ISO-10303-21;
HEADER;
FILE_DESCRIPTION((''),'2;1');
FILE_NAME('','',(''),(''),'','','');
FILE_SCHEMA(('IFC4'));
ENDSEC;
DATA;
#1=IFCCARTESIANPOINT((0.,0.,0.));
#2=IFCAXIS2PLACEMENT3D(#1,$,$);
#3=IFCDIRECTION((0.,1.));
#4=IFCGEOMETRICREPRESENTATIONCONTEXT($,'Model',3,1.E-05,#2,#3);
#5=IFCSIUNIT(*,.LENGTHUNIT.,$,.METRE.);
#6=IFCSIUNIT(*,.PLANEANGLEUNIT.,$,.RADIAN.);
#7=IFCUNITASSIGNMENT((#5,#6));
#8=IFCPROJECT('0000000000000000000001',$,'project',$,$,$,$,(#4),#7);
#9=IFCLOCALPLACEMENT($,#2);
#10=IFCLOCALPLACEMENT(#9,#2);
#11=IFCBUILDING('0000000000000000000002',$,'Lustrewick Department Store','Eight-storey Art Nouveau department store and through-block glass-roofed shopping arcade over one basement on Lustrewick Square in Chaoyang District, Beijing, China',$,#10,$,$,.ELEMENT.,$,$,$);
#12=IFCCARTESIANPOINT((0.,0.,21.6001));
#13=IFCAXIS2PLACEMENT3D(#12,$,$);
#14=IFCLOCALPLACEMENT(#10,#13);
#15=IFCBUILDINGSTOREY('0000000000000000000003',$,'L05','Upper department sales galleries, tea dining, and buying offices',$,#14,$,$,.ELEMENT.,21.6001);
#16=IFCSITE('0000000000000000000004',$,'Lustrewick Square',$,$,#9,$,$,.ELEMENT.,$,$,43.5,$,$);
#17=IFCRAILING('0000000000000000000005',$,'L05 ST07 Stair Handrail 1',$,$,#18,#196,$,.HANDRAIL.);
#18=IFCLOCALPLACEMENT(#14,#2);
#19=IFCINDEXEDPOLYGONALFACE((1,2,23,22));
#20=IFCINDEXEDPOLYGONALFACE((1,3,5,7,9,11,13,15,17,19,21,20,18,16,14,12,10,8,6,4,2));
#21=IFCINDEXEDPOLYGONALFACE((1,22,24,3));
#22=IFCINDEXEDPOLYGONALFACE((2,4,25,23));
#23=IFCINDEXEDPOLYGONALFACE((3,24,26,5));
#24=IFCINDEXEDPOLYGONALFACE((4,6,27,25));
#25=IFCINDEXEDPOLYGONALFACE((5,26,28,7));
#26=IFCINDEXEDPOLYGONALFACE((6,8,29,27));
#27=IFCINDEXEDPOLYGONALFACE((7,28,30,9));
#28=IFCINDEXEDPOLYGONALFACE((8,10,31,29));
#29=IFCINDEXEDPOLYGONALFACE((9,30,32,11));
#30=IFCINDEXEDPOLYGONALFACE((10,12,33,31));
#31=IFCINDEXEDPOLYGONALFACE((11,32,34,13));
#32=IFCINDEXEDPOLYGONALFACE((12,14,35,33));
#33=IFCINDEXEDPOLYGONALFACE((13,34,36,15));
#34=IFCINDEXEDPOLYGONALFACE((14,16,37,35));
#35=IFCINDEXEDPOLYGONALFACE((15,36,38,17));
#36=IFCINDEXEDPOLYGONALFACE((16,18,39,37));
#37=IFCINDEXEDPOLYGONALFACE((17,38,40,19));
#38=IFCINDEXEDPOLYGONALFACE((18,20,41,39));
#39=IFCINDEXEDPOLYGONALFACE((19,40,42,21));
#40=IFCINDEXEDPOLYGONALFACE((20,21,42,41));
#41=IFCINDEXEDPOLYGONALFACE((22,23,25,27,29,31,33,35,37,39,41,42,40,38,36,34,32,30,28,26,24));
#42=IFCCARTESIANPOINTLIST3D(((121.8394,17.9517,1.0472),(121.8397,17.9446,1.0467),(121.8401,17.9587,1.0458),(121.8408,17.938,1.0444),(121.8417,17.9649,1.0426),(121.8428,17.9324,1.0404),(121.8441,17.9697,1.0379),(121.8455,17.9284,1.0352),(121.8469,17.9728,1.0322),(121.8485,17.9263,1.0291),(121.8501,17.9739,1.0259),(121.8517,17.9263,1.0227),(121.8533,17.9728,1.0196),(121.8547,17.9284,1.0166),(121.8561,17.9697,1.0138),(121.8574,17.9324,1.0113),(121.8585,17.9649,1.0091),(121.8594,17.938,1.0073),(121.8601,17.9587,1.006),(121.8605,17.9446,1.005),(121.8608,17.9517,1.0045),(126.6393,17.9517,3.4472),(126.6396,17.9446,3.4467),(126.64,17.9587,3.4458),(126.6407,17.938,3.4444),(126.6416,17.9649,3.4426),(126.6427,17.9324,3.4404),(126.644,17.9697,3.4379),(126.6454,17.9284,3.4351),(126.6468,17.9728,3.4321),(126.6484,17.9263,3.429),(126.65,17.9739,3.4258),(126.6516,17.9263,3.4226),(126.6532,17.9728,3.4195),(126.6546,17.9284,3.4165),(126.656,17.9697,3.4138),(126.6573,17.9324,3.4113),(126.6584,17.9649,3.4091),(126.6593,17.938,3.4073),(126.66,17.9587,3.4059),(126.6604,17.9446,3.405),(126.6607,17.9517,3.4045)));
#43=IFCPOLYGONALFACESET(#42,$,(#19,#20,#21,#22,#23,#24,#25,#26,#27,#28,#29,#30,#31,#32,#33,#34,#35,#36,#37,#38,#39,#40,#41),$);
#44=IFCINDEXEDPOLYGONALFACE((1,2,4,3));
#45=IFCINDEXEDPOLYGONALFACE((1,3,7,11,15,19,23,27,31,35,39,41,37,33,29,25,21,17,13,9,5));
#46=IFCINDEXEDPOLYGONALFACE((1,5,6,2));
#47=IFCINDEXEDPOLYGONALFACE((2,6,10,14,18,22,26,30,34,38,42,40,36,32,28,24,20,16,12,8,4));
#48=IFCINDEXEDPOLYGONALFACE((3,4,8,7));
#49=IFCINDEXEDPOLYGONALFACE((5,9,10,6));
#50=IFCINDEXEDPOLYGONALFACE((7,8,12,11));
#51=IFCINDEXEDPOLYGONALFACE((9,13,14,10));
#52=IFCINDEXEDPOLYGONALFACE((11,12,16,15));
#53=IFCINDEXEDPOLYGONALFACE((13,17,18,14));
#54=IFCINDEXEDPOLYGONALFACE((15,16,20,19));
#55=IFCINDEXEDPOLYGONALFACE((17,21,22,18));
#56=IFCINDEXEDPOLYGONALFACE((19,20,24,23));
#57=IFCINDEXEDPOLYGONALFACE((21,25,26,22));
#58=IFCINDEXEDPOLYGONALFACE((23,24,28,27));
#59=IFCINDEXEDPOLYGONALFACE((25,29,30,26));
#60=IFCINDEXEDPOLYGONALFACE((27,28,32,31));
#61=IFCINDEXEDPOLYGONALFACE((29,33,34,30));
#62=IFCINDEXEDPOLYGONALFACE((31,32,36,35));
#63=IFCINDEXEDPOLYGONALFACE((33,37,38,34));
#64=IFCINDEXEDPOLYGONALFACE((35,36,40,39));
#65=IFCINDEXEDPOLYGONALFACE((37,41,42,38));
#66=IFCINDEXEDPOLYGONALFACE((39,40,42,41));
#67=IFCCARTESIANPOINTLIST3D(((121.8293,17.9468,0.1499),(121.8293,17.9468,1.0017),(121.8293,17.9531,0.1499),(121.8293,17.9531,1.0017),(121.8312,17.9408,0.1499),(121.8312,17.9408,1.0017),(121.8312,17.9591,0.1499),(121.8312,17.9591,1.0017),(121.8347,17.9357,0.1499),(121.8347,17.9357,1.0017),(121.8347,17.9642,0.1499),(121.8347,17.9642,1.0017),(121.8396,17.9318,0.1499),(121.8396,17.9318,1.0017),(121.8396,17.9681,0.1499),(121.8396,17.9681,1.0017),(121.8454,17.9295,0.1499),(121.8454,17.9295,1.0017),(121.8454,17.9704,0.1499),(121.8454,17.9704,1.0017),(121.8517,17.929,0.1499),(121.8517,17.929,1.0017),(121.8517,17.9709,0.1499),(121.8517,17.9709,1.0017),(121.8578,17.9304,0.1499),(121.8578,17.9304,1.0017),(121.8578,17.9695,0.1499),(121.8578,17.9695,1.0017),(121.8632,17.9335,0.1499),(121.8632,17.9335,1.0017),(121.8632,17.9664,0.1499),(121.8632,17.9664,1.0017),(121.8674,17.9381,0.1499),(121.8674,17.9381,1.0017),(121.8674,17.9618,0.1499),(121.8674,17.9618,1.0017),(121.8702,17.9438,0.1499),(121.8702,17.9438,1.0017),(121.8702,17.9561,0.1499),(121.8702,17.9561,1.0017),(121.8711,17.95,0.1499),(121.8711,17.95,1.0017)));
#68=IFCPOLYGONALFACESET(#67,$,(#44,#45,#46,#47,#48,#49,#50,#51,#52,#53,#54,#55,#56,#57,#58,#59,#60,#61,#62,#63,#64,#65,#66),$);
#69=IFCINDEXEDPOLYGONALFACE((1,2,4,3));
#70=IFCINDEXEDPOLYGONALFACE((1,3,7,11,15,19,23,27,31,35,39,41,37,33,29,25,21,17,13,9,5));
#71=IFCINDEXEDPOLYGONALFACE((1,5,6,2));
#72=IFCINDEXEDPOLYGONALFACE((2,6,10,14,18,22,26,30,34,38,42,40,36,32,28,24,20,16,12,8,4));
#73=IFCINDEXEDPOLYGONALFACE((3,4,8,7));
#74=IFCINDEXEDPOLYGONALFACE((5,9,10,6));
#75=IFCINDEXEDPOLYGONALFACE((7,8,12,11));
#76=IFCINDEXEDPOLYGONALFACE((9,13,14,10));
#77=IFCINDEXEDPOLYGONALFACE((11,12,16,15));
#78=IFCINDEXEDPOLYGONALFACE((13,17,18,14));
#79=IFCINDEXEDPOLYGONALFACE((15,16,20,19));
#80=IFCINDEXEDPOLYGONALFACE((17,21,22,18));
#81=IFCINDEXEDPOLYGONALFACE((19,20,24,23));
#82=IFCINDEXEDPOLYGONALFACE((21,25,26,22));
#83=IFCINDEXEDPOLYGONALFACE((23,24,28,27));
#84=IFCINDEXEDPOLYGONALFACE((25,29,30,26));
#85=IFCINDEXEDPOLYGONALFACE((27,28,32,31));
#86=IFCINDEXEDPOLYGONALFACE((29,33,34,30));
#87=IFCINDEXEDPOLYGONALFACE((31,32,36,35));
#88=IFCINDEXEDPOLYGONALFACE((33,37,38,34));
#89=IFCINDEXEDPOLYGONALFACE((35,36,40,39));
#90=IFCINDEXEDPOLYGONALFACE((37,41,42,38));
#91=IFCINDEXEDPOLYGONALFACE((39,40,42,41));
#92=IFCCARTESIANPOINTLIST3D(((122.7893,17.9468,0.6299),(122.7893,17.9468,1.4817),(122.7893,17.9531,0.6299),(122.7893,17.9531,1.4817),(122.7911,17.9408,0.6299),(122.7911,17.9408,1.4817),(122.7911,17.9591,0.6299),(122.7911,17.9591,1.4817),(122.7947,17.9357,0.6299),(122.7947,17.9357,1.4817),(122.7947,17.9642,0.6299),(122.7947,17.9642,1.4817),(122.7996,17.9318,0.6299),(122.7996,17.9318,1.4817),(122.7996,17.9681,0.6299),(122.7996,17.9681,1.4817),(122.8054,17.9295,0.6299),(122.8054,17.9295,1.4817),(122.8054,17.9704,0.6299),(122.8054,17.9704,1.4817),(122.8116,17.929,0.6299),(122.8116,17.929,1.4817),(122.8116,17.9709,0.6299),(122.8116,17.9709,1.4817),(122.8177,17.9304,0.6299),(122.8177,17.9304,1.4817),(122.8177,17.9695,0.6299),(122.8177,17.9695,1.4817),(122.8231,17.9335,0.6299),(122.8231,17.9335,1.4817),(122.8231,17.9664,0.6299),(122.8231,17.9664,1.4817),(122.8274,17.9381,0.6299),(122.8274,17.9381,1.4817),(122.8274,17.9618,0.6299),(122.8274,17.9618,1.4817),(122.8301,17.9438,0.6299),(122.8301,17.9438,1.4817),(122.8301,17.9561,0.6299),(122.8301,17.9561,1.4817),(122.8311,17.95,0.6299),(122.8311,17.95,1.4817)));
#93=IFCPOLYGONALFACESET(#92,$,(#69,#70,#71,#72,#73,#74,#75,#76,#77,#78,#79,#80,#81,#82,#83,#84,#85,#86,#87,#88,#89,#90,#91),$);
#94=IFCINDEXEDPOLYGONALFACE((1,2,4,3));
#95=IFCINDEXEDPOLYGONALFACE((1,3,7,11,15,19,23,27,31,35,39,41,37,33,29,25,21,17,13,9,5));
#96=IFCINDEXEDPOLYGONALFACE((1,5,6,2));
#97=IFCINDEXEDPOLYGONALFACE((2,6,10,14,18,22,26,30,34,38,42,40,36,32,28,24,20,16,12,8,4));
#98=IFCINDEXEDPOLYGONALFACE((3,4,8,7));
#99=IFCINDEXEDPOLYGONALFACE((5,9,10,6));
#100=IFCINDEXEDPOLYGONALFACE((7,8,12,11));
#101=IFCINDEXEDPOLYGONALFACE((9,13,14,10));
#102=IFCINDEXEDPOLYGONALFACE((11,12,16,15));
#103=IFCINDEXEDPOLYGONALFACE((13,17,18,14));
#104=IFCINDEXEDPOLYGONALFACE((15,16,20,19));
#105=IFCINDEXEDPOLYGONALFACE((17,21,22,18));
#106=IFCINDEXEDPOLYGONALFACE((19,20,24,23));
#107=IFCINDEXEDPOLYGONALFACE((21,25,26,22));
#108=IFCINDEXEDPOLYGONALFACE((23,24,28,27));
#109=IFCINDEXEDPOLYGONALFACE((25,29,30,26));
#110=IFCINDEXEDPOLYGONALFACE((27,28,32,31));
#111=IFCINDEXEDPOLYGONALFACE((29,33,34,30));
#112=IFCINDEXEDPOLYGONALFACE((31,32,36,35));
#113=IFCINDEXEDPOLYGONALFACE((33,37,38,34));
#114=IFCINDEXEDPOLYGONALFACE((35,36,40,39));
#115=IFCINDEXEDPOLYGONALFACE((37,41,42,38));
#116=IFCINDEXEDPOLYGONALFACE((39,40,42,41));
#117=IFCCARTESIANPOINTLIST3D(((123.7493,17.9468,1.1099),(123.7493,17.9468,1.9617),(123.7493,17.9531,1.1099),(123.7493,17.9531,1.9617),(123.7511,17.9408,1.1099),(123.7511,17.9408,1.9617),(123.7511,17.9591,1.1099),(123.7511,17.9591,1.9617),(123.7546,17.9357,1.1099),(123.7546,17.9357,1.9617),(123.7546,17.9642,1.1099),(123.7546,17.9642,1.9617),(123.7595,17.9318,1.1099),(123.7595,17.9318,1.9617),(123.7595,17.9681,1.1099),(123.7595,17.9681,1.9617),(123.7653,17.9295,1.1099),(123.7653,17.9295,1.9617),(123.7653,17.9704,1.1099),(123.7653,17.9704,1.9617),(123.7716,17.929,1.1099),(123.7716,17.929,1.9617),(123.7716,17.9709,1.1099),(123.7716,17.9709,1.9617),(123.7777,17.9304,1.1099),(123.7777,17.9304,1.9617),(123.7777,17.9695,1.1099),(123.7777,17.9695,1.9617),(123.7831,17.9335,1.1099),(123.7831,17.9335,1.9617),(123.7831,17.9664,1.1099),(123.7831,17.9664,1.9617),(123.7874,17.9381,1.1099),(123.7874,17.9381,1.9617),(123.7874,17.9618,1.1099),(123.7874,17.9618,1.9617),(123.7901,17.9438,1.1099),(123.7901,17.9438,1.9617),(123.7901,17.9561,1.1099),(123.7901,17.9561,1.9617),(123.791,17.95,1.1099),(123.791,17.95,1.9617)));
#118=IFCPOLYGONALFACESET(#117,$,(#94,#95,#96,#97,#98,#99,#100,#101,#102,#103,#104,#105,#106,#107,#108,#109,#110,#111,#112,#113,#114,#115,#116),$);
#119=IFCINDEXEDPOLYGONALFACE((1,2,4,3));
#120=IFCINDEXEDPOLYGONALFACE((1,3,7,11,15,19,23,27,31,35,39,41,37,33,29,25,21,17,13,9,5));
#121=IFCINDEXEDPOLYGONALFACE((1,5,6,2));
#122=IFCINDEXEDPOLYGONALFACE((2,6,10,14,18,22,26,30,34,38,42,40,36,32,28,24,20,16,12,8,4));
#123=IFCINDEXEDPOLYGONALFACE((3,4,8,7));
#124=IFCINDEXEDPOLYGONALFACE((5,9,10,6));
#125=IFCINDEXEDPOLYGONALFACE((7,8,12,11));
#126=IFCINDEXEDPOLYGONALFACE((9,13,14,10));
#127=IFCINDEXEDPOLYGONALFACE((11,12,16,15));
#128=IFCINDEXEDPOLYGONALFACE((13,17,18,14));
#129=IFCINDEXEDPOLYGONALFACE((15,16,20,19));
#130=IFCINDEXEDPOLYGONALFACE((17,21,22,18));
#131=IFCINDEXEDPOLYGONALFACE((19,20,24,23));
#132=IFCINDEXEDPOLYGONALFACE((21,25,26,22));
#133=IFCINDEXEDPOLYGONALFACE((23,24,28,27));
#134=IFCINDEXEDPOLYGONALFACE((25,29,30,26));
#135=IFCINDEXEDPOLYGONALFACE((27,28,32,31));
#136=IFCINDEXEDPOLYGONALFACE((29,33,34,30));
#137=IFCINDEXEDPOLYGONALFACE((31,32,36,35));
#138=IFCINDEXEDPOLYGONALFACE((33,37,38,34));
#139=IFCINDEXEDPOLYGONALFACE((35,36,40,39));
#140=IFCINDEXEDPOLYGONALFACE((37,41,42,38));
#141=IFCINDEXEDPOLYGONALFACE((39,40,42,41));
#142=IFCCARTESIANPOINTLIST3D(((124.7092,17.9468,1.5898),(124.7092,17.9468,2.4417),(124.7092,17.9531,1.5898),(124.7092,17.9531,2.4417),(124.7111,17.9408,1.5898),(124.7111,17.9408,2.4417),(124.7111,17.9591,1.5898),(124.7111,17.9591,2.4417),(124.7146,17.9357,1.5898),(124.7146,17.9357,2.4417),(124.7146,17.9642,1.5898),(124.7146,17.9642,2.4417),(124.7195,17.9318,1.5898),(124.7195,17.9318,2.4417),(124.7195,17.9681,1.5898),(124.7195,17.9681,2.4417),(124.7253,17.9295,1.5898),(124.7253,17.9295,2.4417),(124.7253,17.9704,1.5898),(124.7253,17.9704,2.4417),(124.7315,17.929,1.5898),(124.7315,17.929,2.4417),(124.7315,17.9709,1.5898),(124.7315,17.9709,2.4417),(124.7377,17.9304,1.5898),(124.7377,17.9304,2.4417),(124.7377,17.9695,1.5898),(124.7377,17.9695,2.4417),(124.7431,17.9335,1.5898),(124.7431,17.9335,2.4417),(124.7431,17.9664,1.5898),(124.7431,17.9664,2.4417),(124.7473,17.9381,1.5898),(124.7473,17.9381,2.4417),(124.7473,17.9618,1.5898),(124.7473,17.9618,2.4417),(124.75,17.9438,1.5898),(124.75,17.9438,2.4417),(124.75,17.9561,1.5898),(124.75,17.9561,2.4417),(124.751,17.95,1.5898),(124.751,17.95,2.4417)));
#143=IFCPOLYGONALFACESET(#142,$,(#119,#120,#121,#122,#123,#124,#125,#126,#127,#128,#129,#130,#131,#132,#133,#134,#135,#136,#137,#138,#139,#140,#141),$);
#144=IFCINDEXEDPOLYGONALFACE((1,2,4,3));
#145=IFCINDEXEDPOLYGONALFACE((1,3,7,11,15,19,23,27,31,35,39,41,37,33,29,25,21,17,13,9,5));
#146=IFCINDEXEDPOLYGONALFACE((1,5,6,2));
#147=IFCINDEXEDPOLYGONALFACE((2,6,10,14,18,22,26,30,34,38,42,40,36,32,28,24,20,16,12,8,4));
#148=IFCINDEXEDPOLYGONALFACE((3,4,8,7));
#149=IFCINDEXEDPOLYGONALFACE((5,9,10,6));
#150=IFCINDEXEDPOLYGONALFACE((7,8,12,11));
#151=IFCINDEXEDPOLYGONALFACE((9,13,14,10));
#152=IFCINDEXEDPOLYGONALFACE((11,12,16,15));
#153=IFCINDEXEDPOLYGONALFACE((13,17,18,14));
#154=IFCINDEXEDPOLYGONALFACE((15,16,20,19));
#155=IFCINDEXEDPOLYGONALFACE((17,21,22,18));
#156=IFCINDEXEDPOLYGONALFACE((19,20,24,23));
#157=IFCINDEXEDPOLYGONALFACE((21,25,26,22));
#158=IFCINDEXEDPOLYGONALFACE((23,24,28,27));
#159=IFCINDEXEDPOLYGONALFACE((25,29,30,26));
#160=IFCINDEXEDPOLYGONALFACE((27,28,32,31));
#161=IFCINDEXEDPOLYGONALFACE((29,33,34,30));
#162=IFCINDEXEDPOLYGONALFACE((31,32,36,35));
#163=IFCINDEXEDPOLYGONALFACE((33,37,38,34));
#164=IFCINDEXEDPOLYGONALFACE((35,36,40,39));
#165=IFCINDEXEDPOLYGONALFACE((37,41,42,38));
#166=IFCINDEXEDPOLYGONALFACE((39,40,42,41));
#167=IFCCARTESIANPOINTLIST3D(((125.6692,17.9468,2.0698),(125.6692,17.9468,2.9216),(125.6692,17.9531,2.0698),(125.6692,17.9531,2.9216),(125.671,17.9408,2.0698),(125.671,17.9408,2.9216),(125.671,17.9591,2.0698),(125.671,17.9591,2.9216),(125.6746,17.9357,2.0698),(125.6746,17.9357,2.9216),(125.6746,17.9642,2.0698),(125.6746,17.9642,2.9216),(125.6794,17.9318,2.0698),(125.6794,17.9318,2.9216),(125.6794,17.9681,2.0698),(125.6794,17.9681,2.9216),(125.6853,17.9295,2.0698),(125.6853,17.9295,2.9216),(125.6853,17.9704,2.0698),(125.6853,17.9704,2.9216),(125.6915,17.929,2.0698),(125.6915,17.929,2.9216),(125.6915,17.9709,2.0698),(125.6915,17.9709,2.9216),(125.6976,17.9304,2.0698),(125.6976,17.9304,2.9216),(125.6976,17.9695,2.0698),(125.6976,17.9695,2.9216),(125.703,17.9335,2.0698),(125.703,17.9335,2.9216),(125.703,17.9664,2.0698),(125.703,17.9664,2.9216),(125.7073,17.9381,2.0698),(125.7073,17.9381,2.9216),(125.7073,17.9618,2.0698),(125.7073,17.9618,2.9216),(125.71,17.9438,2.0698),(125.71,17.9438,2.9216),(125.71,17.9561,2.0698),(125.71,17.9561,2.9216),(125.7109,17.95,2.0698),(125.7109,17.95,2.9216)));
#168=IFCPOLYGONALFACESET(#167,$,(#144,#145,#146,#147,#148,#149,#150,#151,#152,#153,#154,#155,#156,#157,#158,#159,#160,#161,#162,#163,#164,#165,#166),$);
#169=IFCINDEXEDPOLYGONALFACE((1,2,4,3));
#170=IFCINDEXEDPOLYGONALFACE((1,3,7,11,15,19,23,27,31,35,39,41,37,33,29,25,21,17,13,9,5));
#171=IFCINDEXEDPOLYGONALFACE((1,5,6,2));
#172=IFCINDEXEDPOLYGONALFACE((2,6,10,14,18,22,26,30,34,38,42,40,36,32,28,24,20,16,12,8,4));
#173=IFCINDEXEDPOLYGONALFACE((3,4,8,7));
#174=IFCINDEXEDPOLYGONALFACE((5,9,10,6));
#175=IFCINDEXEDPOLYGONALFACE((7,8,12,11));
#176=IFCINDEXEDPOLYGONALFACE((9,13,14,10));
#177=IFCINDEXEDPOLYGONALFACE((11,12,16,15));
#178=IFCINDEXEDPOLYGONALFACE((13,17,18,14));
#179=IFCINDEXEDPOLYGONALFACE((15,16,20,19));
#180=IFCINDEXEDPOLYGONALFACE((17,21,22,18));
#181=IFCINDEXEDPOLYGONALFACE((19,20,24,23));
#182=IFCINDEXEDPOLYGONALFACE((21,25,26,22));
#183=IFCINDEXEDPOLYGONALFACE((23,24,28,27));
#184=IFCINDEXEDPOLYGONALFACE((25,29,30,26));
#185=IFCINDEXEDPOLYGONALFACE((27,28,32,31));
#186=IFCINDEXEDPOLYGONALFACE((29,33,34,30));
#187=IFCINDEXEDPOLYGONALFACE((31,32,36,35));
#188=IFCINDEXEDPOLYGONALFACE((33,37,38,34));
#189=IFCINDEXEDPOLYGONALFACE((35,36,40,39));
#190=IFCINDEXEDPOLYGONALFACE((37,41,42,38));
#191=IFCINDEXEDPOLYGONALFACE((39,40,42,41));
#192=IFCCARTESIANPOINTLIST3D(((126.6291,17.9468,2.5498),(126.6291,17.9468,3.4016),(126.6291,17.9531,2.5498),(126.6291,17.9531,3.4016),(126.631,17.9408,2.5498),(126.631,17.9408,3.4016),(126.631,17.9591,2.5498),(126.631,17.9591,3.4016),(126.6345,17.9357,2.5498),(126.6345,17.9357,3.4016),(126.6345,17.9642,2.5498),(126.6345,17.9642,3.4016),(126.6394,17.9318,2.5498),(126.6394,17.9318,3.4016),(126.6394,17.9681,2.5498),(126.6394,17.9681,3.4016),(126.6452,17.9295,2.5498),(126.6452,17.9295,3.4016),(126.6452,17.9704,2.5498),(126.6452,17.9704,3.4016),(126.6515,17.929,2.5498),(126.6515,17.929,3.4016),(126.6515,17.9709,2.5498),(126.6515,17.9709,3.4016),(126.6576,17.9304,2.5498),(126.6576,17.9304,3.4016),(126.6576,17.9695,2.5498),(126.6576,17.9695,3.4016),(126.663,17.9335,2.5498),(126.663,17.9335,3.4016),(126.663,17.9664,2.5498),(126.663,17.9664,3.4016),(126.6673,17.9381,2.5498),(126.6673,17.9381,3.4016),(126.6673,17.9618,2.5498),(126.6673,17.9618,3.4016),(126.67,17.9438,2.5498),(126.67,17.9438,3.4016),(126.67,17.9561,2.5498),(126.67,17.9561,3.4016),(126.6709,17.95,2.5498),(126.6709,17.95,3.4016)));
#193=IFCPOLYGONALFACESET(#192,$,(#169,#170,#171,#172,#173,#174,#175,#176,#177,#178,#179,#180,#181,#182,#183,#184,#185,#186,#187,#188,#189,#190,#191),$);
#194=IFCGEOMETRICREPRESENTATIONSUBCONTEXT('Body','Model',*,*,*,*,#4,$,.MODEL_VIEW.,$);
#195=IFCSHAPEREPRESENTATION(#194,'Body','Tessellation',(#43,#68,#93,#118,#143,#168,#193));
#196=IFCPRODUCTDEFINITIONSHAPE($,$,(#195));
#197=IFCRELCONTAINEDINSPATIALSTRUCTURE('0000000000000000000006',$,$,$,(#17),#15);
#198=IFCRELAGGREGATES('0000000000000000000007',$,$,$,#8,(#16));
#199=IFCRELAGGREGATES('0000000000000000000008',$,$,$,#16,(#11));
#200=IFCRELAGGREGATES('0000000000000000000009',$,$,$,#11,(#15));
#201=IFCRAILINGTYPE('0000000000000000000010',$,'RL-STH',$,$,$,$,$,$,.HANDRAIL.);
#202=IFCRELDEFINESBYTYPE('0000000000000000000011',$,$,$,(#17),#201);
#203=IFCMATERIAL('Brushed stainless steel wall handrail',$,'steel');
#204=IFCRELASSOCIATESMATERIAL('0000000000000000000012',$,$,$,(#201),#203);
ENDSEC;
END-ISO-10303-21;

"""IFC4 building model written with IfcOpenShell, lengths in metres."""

from ifc_helpers import new_model, si_unit, direction, frame, origin, origin_2d, place, context, subcontext, project, spatial, circle, extrude, material, type_object, element, save


model = new_model("IFC4")

# Units and contexts
model_context = context("Model", 3, precision=1e-05, world=origin(), true_north=direction((0.0, 1.0)))
body_context = subcontext(model_context, "Body", "Model", "MODEL_VIEW")
ifc_project = project(units=[si_unit("LENGTHUNIT", "METRE"), si_unit("PLANEANGLEUNIT", "RADIAN")], contexts=[model_context])

# Site, building, storey
site_placement = place(None, origin())
site = spatial("IfcSite", under=ifc_project, at=site_placement, Name="Lustrewick Square", CompositionType="ELEMENT", RefElevation=43.5)
building_placement = place(site_placement, origin())
building = spatial("IfcBuilding", under=site, at=building_placement, Name="Lustrewick Department Store", Description="Eight-storey Art Nouveau department store and through-block glass-roofed shopping arcade over one basement on Lustrewick Square in Chaoyang District, Beijing, China", CompositionType="ELEMENT")
storey_placement = place(building_placement, frame((0.0, 0.0, 21.6001)))
storey = spatial("IfcBuildingStorey", under=building, at=storey_placement, Name="L05", Description="Upper department sales galleries, tea dining, and buying offices", CompositionType="ELEMENT", Elevation=21.6001)

# Railing
ifc_material_1 = material(Name="Brushed stainless steel wall handrail", Category="steel")
railing_type_1 = type_object("IfcRailingType", Name="RL-STH", PredefinedType="HANDRAIL", material=ifc_material_1)
railing_1_placement = place(storey_placement, frame((121.8501, 17.95, 0.1499)))
element("IfcRailing", 1, at=railing_1_placement, inside=storey, type_object=railing_type_1, Name="L05 ST07 Stair Handrail 1", PredefinedType="HANDRAIL", context=body_context, shape_type="SweptSolid", body=[
    extrude(circle(Radius=0.0239, at=origin_2d()), frame((0.0, 0.0, 0.876), z_axis=(0.894427, 0.0, 0.447214), x_axis=(0.0, 1.0, 0.0)), (0.0, 0.0, 1.0), 5.3665),
    extrude(circle(Radius=0.021, at=origin_2d()), origin(), (0.0, 0.0, 1.0), 0.8518),
    extrude(circle(Radius=0.021, at=origin_2d()), frame((0.96, 0.0, 0.48)), (0.0, 0.0, 1.0), 0.8518),
    extrude(circle(Radius=0.021, at=origin_2d()), frame((1.9199, 0.0, 0.96)), (0.0, 0.0, 1.0), 0.8518),
    extrude(circle(Radius=0.021, at=origin_2d()), frame((2.8799, 0.0, 1.4399)), (0.0, 0.0, 1.0), 0.8518),
    extrude(circle(Radius=0.021, at=origin_2d()), frame((3.8398, 0.0, 1.9199)), (0.0, 0.0, 1.0), 0.8518),
    extrude(circle(Radius=0.021, at=origin_2d()), frame((4.7998, 0.0, 2.3999)), (0.0, 0.0, 1.0), 0.8518),
])

save(model, "model.ifc")
